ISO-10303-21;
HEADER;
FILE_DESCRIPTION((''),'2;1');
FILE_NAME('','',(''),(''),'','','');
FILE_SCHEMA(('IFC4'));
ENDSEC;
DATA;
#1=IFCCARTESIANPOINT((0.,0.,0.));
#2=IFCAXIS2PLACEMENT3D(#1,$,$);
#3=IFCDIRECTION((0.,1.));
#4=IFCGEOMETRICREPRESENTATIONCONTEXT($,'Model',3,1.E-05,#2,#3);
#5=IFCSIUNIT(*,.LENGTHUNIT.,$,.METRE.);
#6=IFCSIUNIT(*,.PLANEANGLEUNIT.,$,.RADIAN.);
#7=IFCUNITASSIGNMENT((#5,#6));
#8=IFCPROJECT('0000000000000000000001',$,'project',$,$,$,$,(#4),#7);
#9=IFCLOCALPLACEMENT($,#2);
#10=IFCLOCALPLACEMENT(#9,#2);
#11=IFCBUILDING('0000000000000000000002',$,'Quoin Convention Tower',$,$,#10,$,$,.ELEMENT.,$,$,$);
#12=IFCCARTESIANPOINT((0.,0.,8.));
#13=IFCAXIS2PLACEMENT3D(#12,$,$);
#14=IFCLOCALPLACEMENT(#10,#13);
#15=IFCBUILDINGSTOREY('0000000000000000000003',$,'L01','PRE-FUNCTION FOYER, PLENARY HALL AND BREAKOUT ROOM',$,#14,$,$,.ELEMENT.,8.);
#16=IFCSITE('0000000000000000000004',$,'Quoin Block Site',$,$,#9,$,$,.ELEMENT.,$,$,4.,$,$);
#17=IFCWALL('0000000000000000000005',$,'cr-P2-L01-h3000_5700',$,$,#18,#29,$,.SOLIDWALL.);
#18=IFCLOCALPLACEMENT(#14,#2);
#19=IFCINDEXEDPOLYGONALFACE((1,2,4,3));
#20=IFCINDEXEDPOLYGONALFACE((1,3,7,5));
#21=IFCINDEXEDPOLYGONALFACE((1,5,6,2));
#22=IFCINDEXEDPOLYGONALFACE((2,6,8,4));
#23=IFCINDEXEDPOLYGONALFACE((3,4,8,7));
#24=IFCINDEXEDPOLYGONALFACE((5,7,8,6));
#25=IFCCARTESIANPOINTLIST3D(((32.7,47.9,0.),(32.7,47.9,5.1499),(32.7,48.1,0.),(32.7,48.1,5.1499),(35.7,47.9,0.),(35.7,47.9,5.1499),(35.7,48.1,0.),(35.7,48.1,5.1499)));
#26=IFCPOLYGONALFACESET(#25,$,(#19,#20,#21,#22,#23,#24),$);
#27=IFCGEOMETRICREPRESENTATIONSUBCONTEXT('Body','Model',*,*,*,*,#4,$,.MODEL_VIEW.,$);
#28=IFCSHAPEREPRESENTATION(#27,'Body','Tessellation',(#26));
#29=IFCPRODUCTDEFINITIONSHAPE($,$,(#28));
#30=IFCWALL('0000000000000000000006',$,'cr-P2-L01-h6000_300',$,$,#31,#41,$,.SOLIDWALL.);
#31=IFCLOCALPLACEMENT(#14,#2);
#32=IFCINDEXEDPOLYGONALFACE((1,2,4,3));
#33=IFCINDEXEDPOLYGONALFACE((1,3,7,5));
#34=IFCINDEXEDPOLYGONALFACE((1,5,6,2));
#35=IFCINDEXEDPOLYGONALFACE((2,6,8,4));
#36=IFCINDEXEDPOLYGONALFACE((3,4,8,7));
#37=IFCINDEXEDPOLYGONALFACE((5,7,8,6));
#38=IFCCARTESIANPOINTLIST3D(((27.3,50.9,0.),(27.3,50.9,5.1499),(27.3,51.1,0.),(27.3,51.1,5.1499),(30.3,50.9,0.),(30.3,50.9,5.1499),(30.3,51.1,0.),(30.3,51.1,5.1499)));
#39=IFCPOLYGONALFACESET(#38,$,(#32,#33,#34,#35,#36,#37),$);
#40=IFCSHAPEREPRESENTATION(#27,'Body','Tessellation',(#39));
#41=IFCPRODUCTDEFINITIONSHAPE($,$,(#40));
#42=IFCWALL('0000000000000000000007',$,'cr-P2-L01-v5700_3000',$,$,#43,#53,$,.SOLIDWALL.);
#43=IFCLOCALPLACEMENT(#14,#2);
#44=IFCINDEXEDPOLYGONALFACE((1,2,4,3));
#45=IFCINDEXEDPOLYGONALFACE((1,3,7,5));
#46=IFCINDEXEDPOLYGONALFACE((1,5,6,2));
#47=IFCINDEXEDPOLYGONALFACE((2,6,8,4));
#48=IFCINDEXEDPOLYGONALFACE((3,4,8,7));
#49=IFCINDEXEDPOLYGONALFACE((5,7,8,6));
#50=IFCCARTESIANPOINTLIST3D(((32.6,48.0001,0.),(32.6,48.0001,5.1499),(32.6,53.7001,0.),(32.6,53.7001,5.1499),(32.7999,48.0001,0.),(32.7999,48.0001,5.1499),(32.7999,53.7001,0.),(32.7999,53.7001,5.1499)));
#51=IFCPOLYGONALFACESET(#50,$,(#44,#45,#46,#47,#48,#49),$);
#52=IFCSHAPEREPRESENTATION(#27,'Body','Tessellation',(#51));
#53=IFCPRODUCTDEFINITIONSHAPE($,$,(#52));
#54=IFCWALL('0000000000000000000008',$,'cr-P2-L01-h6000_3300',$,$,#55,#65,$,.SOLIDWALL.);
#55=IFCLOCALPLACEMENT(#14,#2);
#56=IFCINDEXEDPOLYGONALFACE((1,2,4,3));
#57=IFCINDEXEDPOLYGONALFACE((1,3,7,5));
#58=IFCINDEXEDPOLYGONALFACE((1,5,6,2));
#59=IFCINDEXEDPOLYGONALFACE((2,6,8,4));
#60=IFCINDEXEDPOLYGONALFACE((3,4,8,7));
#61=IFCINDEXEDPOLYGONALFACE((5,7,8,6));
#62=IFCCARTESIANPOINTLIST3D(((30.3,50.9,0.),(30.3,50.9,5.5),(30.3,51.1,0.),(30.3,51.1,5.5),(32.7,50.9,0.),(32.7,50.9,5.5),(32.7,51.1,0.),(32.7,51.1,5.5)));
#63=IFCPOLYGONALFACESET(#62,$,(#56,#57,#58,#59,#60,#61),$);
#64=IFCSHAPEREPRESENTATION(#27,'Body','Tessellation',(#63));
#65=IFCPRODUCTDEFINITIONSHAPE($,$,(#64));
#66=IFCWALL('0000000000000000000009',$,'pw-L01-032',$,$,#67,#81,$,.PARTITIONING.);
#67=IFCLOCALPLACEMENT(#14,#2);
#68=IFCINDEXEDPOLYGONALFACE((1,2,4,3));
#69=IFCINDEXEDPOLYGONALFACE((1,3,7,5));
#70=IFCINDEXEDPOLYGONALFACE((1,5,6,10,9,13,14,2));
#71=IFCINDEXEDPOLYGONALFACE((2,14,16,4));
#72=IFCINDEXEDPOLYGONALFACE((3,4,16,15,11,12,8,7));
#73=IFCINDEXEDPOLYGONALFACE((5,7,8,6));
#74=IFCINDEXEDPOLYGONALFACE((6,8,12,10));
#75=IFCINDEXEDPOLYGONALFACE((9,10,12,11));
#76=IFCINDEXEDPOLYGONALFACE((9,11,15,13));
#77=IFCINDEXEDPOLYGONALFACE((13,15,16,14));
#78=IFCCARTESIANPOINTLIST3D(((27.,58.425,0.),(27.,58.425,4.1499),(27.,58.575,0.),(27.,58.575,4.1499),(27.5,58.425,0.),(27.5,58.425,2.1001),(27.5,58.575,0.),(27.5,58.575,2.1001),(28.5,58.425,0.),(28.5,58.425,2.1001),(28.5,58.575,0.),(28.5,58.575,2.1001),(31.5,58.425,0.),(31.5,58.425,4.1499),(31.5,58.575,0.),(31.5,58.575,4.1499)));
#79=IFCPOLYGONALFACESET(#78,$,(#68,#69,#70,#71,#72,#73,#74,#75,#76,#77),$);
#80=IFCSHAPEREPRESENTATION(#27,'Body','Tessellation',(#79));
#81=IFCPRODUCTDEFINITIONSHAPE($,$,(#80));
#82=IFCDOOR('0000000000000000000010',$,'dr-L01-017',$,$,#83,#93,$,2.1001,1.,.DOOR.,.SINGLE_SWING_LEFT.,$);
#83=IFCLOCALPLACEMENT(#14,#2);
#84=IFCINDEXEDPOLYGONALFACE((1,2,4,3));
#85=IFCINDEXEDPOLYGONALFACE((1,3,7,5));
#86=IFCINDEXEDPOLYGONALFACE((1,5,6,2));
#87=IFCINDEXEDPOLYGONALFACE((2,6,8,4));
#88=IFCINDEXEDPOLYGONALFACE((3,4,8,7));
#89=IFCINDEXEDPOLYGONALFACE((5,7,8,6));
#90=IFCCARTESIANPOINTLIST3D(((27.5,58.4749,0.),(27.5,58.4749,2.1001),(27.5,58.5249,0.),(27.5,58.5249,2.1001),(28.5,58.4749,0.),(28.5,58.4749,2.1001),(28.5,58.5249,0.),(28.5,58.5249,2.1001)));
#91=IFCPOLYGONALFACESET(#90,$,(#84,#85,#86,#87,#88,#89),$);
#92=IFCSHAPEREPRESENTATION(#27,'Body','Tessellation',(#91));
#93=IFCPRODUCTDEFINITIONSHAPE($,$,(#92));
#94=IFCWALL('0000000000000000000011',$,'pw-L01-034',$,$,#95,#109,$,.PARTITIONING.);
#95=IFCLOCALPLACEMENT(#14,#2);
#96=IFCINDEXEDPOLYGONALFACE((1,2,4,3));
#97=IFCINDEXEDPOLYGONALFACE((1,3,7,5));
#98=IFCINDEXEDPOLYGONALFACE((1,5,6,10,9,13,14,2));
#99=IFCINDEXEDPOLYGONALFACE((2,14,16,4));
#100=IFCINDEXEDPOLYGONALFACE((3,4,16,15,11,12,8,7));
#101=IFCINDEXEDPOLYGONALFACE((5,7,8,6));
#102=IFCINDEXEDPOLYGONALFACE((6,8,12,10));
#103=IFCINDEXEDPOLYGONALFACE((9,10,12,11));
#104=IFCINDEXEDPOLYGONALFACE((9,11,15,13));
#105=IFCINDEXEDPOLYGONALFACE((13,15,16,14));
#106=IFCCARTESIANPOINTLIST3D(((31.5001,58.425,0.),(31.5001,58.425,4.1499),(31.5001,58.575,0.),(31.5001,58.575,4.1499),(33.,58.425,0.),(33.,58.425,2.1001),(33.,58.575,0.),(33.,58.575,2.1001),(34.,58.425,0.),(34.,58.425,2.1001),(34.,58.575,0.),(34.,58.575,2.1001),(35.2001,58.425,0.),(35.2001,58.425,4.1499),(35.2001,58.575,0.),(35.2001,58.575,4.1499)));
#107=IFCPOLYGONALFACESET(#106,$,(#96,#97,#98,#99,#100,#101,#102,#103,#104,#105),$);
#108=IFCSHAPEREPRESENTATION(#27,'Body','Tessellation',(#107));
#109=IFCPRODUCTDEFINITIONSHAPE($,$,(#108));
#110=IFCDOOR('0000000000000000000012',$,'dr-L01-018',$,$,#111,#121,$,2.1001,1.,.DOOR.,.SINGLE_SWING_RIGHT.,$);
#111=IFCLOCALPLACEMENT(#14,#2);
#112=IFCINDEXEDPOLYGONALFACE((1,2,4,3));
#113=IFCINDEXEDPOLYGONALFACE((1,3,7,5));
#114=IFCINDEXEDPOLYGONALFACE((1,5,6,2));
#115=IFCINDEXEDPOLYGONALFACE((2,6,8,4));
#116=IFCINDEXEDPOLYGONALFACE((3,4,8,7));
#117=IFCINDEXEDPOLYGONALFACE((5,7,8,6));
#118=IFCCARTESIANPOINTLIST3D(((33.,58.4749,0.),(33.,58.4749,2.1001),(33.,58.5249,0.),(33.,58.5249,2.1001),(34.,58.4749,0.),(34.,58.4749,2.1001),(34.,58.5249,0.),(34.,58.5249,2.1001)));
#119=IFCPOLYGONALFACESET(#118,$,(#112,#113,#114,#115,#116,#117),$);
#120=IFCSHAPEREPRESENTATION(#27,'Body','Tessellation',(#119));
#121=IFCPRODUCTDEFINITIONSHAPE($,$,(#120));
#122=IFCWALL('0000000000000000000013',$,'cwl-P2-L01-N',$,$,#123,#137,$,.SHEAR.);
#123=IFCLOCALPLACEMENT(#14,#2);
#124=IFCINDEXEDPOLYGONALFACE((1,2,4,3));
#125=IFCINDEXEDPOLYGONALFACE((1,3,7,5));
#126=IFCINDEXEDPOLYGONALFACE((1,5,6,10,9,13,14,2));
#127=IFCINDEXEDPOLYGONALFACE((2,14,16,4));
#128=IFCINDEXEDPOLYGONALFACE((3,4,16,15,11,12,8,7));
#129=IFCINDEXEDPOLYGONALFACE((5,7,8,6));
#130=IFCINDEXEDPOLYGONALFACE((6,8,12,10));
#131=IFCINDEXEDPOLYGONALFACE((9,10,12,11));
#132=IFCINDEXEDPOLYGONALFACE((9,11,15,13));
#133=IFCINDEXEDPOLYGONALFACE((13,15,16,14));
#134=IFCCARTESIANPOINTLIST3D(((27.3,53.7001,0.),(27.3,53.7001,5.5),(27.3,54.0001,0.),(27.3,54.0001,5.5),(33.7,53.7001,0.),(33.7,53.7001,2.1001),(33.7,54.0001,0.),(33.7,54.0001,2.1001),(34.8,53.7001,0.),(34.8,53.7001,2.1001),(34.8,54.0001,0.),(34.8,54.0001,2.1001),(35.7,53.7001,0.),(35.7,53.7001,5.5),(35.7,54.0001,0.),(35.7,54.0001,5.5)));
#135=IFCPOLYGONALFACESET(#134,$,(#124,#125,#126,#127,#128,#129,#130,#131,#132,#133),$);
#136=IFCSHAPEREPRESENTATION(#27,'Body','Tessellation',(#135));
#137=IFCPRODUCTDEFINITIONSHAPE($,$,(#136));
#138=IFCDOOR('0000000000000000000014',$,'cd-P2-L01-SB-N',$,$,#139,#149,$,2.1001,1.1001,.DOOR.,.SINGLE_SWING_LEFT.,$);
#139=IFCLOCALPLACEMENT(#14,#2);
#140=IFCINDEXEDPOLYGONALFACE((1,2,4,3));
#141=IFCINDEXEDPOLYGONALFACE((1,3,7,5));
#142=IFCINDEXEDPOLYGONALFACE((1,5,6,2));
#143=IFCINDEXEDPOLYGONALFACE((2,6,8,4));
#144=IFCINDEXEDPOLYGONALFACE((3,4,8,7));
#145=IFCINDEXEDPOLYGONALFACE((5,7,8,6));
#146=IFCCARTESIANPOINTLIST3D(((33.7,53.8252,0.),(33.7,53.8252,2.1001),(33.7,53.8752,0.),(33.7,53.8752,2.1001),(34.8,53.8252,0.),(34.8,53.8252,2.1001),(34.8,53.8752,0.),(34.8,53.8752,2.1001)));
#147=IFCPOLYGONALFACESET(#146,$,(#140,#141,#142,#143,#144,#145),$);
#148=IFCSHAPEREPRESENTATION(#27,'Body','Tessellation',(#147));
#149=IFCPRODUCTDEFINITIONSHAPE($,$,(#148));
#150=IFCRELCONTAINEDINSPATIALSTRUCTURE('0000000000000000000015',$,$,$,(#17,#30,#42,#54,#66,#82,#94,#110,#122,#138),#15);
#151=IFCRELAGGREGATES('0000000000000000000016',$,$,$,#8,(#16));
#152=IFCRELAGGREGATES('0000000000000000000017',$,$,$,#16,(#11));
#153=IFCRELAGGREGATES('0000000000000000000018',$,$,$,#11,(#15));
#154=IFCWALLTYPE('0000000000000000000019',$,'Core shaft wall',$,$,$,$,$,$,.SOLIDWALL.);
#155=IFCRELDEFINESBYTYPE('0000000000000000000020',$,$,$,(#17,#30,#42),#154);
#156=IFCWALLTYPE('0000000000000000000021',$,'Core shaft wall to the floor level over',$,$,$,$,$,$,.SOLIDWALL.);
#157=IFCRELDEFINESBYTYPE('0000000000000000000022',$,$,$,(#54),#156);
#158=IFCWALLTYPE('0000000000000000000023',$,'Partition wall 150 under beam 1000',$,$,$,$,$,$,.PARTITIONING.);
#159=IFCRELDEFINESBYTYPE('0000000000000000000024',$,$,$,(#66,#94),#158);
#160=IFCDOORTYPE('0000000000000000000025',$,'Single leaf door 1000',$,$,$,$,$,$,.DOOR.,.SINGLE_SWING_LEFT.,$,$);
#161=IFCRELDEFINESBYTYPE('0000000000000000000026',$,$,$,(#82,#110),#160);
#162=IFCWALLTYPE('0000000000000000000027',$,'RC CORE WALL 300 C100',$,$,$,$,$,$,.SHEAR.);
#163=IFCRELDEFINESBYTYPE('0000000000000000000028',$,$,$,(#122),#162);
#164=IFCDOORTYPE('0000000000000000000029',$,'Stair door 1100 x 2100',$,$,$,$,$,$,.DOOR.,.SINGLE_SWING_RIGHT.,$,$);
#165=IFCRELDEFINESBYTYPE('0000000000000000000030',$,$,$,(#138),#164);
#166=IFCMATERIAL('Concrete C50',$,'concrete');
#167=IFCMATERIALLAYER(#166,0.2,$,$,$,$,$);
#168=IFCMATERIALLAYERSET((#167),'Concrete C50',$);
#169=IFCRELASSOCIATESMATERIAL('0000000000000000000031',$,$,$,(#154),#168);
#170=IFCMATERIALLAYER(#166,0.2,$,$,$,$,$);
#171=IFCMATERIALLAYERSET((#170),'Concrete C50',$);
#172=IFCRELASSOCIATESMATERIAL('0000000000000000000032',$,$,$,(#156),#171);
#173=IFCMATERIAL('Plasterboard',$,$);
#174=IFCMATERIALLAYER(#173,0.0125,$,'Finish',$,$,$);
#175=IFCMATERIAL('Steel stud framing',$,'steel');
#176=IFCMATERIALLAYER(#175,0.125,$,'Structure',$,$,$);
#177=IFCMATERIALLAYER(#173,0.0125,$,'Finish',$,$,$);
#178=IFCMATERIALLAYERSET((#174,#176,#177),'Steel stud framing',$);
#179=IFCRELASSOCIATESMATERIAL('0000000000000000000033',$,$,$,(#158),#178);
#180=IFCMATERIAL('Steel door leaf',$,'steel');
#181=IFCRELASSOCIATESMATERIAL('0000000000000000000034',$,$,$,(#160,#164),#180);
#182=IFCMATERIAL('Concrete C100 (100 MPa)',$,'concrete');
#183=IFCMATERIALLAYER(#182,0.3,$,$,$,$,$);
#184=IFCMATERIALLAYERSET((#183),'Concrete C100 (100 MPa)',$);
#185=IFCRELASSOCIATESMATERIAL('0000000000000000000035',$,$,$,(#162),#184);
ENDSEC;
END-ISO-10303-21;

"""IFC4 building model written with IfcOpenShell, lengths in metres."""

from ifc_helpers import new_model, si_unit, direction, frame, frame_2d, origin, place, context, subcontext, project, spatial, rectangle, extrude, material, layer, layer_set, type_object, element, fill, save


model = new_model("IFC4")

# Units and contexts
model_context = context("Model", 3, precision=1e-05, world=origin(), true_north=direction((0.0, 1.0)))
body_context = subcontext(model_context, "Body", "Model", "MODEL_VIEW")
ifc_project = project(units=[si_unit("LENGTHUNIT", "METRE"), si_unit("PLANEANGLEUNIT", "RADIAN")], contexts=[model_context])

# Site, building, storey
site_placement = place(None, origin())
site = spatial("IfcSite", under=ifc_project, at=site_placement, Name="Quoin Block Site", CompositionType="ELEMENT", RefElevation=4.0)
building_placement = place(site_placement, origin())
building = spatial("IfcBuilding", under=site, at=building_placement, Name="Quoin Convention Tower", CompositionType="ELEMENT")
storey_placement = place(building_placement, frame((0.0, 0.0, 8.0)))
storey = spatial("IfcBuildingStorey", under=building, at=storey_placement, Name="L01", Description="PRE-FUNCTION FOYER, PLENARY HALL AND BREAKOUT ROOM", CompositionType="ELEMENT", Elevation=8.0)

# Shared definitions
ifc_material_1 = material(Name="Concrete C100 (100 MPa)", Category="concrete")

# Walls
ifc_material_2 = material(Name="Concrete C50", Category="concrete")
ifc_layer_1 = layer(ifc_material_2, 0.2)
ifc_layer_set_1 = layer_set([ifc_layer_1], Name="Concrete C50")
wall_type_1 = type_object("IfcWallType", Name="Core shaft wall", PredefinedType="SOLIDWALL", material=ifc_layer_set_1)
for number, where, z_axis, x_axis, name in (
    (1, (32.7, 48.0, 0.0), (0.0, 0.0, 1.0), (1.0, 0.0, 0.0), "cr-P2-L01-h3000_5700"),
    (2, (27.3, 51.0, 0.0), (0.0, 0.0, 1.0), (1.0, 0.0, 0.0), "cr-P2-L01-h6000_300"),
):
    element("IfcWall", number, at=place(storey_placement, frame(where, z_axis=z_axis, x_axis=x_axis)), inside=storey, type_object=wall_type_1, Name=name, PredefinedType="SOLIDWALL", context=body_context, shape_type="SweptSolid", body=[
        extrude(rectangle(XDim=3.0, YDim=0.2, at=frame_2d((1.5, 0.0))), origin(), (0.0, 0.0, 1.0), 5.1499),
    ])
wall_1_placement = place(storey_placement, frame((32.7, 48.0, 0.0), z_axis=(0.0, 0.0, 1.0), x_axis=(0.0, 1.0, 0.0)))
element("IfcWall", 3, at=wall_1_placement, inside=storey, type_object=wall_type_1, Name="cr-P2-L01-v5700_3000", PredefinedType="SOLIDWALL", context=body_context, shape_type="SweptSolid", body=[
    extrude(rectangle(XDim=5.7, YDim=0.2, at=frame_2d((2.8501, 0.0))), origin(), (0.0, 0.0, 1.0), 5.1499),
])
ifc_layer_2 = layer(ifc_material_2, 0.2)
ifc_layer_set_2 = layer_set([ifc_layer_2], Name="Concrete C50")
wall_type_2 = type_object("IfcWallType", Name="Core shaft wall to the floor level over", PredefinedType="SOLIDWALL", material=ifc_layer_set_2)
wall_2_placement = place(storey_placement, frame((30.3, 51.0, 0.0), z_axis=(0.0, 0.0, 1.0), x_axis=(1.0, 0.0, 0.0)))
element("IfcWall", 4, at=wall_2_placement, inside=storey, type_object=wall_type_2, Name="cr-P2-L01-h6000_3300", PredefinedType="SOLIDWALL", context=body_context, shape_type="SweptSolid", body=[
    extrude(rectangle(XDim=2.3999, YDim=0.2, at=frame_2d((1.2, 0.0))), origin(), (0.0, 0.0, 1.0), 5.5),
])

# Walls, openings, doors
ifc_material_3 = material(Name="Plasterboard")
ifc_layer_3 = layer(ifc_material_3, 0.0125, Name="Finish")
ifc_material_4 = material(Name="Steel stud framing", Category="steel")
ifc_layer_4 = layer(ifc_material_4, 0.125, Name="Structure")
ifc_layer_5 = layer(ifc_material_3, 0.0125, Name="Finish")
ifc_layer_set_3 = layer_set([ifc_layer_3, ifc_layer_4, ifc_layer_5], Name="Steel stud framing")
wall_type_3 = type_object("IfcWallType", Name="Partition wall 150 under beam 1000", PredefinedType="PARTITIONING", material=ifc_layer_set_3)
wall_3_placement = place(storey_placement, frame((27.0, 58.5, 0.0), z_axis=(0.0, 0.0, 1.0), x_axis=(1.0, 0.0, 0.0)))
wall_3 = element("IfcWall", 5, at=wall_3_placement, inside=storey, type_object=wall_type_3, Name="pw-L01-032", PredefinedType="PARTITIONING", context=body_context, shape_type="SweptSolid", body=[
    extrude(rectangle(XDim=4.5, YDim=0.1499, at=frame_2d((2.25, 0.0))), origin(), (0.0, 0.0, 1.0), 4.1499),
])
opening_1_placement = place(wall_3_placement, frame((0.5, 0.0, 0.0)))
opening_1 = element("IfcOpeningElement", 6, at=opening_1_placement, cuts=wall_3, PredefinedType="OPENING", context=body_context, shape_type="SweptSolid", body=[
    extrude(rectangle(XDim=1.0, YDim=2.1001, at=frame_2d((0.5, 1.05))), frame((0.0, 0.085, 0.0), z_axis=(0.0, -1.0, 0.0), x_axis=(1.0, 0.0, 0.0)), (0.0, 0.0, 1.0), 0.1699),
])
ifc_material_5 = material(Name="Steel door leaf", Category="steel")
door_type_1 = type_object("IfcDoorType", Name="Single leaf door 1000", OperationType="SINGLE_SWING_LEFT", PredefinedType="DOOR", material=ifc_material_5)
door_1_placement = place(opening_1_placement, origin())
door_1 = element("IfcDoor", 7, at=door_1_placement, inside=storey, type_object=door_type_1, Name="dr-L01-017", OperationType="SINGLE_SWING_LEFT", OverallHeight=2.1001, OverallWidth=1.0, PredefinedType="DOOR", context=body_context, shape_type="SweptSolid", body=[
    extrude(rectangle(XDim=1.0, YDim=2.1001, at=frame_2d((0.5, 1.05))), frame((0.0, 0.0249, 0.0), z_axis=(0.0, -1.0, 0.0), x_axis=(1.0, 0.0, 0.0)), (0.0, 0.0, 1.0), 0.05),
])
fill(opening_1, door_1)
wall_4_placement = place(storey_placement, frame((31.5, 58.5, 0.0), z_axis=(0.0, 0.0, 1.0), x_axis=(1.0, 0.0, 0.0)))
wall_4 = element("IfcWall", 8, at=wall_4_placement, inside=storey, type_object=wall_type_3, Name="pw-L01-034", PredefinedType="PARTITIONING", context=body_context, shape_type="SweptSolid", body=[
    extrude(rectangle(XDim=3.7, YDim=0.1499, at=frame_2d((1.8501, 0.0))), origin(), (0.0, 0.0, 1.0), 4.1499),
])
opening_2_placement = place(wall_4_placement, frame((1.5, 0.0, 0.0)))
opening_2 = element("IfcOpeningElement", 9, at=opening_2_placement, cuts=wall_4, PredefinedType="OPENING", context=body_context, shape_type="SweptSolid", body=[
    extrude(rectangle(XDim=1.0, YDim=2.1001, at=frame_2d((0.5, 1.05))), frame((0.0, 0.085, 0.0), z_axis=(0.0, -1.0, 0.0), x_axis=(1.0, 0.0, 0.0)), (0.0, 0.0, 1.0), 0.1699),
])
door_2_placement = place(opening_2_placement, origin())
door_2 = element("IfcDoor", 10, at=door_2_placement, inside=storey, type_object=door_type_1, Name="dr-L01-018", OperationType="SINGLE_SWING_RIGHT", OverallHeight=2.1001, OverallWidth=1.0, PredefinedType="DOOR", context=body_context, shape_type="SweptSolid", body=[
    extrude(rectangle(XDim=1.0, YDim=2.1001, at=frame_2d((0.5, 1.05))), frame((0.0, 0.0249, 0.0), z_axis=(0.0, -1.0, 0.0), x_axis=(1.0, 0.0, 0.0)), (0.0, 0.0, 1.0), 0.05),
])
fill(opening_2, door_2)
ifc_layer_6 = layer(ifc_material_1, 0.3)
ifc_layer_set_4 = layer_set([ifc_layer_6], Name="Concrete C100 (100 MPa)")
wall_type_4 = type_object("IfcWallType", Name="RC CORE WALL 300 C100", PredefinedType="SHEAR", material=ifc_layer_set_4)
wall_5_placement = place(storey_placement, frame((27.3, 53.8501, 0.0), z_axis=(0.0, 0.0, 1.0), x_axis=(1.0, 0.0, 0.0)))
wall_5 = element("IfcWall", 11, at=wall_5_placement, inside=storey, type_object=wall_type_4, Name="cwl-P2-L01-N", PredefinedType="SHEAR", context=body_context, shape_type="SweptSolid", body=[
    extrude(rectangle(XDim=8.3999, YDim=0.3, at=frame_2d((4.2, 0.0))), origin(), (0.0, 0.0, 1.0), 5.5),
])
opening_3_placement = place(wall_5_placement, frame((6.3999, 0.0, 0.0)))
opening_3 = element("IfcOpeningElement", 12, at=opening_3_placement, cuts=wall_5, PredefinedType="OPENING", context=body_context, shape_type="SweptSolid", body=[
    extrude(rectangle(XDim=1.1001, YDim=2.1001, at=frame_2d((0.55, 1.05))), frame((0.0, 0.1599, 0.0), z_axis=(0.0, -1.0, 0.0), x_axis=(1.0, 0.0, 0.0)), (0.0, 0.0, 1.0), 0.3201),
])
door_type_2 = type_object("IfcDoorType", Name="Stair door 1100 x 2100", OperationType="SINGLE_SWING_RIGHT", PredefinedType="DOOR", material=ifc_material_5)
door_3_placement = place(opening_3_placement, frame((1.1001, 0.0, 0.0), z_axis=(0.0, 0.0, 1.0), x_axis=(-1.0, 0.0, 0.0)))
door_3 = element("IfcDoor", 13, at=door_3_placement, inside=storey, type_object=door_type_2, Name="cd-P2-L01-SB-N", OperationType="SINGLE_SWING_LEFT", OverallHeight=2.1001, OverallWidth=1.1001, PredefinedType="DOOR", context=body_context, shape_type="SweptSolid", body=[
    extrude(rectangle(XDim=1.1001, YDim=2.1001, at=frame_2d((0.55, 1.05))), frame((0.0, 0.0249, 0.0), z_axis=(0.0, -1.0, 0.0), x_axis=(1.0, 0.0, 0.0)), (0.0, 0.0, 1.0), 0.05),
])
fill(opening_3, door_3)

save(model, "model.ifc")
